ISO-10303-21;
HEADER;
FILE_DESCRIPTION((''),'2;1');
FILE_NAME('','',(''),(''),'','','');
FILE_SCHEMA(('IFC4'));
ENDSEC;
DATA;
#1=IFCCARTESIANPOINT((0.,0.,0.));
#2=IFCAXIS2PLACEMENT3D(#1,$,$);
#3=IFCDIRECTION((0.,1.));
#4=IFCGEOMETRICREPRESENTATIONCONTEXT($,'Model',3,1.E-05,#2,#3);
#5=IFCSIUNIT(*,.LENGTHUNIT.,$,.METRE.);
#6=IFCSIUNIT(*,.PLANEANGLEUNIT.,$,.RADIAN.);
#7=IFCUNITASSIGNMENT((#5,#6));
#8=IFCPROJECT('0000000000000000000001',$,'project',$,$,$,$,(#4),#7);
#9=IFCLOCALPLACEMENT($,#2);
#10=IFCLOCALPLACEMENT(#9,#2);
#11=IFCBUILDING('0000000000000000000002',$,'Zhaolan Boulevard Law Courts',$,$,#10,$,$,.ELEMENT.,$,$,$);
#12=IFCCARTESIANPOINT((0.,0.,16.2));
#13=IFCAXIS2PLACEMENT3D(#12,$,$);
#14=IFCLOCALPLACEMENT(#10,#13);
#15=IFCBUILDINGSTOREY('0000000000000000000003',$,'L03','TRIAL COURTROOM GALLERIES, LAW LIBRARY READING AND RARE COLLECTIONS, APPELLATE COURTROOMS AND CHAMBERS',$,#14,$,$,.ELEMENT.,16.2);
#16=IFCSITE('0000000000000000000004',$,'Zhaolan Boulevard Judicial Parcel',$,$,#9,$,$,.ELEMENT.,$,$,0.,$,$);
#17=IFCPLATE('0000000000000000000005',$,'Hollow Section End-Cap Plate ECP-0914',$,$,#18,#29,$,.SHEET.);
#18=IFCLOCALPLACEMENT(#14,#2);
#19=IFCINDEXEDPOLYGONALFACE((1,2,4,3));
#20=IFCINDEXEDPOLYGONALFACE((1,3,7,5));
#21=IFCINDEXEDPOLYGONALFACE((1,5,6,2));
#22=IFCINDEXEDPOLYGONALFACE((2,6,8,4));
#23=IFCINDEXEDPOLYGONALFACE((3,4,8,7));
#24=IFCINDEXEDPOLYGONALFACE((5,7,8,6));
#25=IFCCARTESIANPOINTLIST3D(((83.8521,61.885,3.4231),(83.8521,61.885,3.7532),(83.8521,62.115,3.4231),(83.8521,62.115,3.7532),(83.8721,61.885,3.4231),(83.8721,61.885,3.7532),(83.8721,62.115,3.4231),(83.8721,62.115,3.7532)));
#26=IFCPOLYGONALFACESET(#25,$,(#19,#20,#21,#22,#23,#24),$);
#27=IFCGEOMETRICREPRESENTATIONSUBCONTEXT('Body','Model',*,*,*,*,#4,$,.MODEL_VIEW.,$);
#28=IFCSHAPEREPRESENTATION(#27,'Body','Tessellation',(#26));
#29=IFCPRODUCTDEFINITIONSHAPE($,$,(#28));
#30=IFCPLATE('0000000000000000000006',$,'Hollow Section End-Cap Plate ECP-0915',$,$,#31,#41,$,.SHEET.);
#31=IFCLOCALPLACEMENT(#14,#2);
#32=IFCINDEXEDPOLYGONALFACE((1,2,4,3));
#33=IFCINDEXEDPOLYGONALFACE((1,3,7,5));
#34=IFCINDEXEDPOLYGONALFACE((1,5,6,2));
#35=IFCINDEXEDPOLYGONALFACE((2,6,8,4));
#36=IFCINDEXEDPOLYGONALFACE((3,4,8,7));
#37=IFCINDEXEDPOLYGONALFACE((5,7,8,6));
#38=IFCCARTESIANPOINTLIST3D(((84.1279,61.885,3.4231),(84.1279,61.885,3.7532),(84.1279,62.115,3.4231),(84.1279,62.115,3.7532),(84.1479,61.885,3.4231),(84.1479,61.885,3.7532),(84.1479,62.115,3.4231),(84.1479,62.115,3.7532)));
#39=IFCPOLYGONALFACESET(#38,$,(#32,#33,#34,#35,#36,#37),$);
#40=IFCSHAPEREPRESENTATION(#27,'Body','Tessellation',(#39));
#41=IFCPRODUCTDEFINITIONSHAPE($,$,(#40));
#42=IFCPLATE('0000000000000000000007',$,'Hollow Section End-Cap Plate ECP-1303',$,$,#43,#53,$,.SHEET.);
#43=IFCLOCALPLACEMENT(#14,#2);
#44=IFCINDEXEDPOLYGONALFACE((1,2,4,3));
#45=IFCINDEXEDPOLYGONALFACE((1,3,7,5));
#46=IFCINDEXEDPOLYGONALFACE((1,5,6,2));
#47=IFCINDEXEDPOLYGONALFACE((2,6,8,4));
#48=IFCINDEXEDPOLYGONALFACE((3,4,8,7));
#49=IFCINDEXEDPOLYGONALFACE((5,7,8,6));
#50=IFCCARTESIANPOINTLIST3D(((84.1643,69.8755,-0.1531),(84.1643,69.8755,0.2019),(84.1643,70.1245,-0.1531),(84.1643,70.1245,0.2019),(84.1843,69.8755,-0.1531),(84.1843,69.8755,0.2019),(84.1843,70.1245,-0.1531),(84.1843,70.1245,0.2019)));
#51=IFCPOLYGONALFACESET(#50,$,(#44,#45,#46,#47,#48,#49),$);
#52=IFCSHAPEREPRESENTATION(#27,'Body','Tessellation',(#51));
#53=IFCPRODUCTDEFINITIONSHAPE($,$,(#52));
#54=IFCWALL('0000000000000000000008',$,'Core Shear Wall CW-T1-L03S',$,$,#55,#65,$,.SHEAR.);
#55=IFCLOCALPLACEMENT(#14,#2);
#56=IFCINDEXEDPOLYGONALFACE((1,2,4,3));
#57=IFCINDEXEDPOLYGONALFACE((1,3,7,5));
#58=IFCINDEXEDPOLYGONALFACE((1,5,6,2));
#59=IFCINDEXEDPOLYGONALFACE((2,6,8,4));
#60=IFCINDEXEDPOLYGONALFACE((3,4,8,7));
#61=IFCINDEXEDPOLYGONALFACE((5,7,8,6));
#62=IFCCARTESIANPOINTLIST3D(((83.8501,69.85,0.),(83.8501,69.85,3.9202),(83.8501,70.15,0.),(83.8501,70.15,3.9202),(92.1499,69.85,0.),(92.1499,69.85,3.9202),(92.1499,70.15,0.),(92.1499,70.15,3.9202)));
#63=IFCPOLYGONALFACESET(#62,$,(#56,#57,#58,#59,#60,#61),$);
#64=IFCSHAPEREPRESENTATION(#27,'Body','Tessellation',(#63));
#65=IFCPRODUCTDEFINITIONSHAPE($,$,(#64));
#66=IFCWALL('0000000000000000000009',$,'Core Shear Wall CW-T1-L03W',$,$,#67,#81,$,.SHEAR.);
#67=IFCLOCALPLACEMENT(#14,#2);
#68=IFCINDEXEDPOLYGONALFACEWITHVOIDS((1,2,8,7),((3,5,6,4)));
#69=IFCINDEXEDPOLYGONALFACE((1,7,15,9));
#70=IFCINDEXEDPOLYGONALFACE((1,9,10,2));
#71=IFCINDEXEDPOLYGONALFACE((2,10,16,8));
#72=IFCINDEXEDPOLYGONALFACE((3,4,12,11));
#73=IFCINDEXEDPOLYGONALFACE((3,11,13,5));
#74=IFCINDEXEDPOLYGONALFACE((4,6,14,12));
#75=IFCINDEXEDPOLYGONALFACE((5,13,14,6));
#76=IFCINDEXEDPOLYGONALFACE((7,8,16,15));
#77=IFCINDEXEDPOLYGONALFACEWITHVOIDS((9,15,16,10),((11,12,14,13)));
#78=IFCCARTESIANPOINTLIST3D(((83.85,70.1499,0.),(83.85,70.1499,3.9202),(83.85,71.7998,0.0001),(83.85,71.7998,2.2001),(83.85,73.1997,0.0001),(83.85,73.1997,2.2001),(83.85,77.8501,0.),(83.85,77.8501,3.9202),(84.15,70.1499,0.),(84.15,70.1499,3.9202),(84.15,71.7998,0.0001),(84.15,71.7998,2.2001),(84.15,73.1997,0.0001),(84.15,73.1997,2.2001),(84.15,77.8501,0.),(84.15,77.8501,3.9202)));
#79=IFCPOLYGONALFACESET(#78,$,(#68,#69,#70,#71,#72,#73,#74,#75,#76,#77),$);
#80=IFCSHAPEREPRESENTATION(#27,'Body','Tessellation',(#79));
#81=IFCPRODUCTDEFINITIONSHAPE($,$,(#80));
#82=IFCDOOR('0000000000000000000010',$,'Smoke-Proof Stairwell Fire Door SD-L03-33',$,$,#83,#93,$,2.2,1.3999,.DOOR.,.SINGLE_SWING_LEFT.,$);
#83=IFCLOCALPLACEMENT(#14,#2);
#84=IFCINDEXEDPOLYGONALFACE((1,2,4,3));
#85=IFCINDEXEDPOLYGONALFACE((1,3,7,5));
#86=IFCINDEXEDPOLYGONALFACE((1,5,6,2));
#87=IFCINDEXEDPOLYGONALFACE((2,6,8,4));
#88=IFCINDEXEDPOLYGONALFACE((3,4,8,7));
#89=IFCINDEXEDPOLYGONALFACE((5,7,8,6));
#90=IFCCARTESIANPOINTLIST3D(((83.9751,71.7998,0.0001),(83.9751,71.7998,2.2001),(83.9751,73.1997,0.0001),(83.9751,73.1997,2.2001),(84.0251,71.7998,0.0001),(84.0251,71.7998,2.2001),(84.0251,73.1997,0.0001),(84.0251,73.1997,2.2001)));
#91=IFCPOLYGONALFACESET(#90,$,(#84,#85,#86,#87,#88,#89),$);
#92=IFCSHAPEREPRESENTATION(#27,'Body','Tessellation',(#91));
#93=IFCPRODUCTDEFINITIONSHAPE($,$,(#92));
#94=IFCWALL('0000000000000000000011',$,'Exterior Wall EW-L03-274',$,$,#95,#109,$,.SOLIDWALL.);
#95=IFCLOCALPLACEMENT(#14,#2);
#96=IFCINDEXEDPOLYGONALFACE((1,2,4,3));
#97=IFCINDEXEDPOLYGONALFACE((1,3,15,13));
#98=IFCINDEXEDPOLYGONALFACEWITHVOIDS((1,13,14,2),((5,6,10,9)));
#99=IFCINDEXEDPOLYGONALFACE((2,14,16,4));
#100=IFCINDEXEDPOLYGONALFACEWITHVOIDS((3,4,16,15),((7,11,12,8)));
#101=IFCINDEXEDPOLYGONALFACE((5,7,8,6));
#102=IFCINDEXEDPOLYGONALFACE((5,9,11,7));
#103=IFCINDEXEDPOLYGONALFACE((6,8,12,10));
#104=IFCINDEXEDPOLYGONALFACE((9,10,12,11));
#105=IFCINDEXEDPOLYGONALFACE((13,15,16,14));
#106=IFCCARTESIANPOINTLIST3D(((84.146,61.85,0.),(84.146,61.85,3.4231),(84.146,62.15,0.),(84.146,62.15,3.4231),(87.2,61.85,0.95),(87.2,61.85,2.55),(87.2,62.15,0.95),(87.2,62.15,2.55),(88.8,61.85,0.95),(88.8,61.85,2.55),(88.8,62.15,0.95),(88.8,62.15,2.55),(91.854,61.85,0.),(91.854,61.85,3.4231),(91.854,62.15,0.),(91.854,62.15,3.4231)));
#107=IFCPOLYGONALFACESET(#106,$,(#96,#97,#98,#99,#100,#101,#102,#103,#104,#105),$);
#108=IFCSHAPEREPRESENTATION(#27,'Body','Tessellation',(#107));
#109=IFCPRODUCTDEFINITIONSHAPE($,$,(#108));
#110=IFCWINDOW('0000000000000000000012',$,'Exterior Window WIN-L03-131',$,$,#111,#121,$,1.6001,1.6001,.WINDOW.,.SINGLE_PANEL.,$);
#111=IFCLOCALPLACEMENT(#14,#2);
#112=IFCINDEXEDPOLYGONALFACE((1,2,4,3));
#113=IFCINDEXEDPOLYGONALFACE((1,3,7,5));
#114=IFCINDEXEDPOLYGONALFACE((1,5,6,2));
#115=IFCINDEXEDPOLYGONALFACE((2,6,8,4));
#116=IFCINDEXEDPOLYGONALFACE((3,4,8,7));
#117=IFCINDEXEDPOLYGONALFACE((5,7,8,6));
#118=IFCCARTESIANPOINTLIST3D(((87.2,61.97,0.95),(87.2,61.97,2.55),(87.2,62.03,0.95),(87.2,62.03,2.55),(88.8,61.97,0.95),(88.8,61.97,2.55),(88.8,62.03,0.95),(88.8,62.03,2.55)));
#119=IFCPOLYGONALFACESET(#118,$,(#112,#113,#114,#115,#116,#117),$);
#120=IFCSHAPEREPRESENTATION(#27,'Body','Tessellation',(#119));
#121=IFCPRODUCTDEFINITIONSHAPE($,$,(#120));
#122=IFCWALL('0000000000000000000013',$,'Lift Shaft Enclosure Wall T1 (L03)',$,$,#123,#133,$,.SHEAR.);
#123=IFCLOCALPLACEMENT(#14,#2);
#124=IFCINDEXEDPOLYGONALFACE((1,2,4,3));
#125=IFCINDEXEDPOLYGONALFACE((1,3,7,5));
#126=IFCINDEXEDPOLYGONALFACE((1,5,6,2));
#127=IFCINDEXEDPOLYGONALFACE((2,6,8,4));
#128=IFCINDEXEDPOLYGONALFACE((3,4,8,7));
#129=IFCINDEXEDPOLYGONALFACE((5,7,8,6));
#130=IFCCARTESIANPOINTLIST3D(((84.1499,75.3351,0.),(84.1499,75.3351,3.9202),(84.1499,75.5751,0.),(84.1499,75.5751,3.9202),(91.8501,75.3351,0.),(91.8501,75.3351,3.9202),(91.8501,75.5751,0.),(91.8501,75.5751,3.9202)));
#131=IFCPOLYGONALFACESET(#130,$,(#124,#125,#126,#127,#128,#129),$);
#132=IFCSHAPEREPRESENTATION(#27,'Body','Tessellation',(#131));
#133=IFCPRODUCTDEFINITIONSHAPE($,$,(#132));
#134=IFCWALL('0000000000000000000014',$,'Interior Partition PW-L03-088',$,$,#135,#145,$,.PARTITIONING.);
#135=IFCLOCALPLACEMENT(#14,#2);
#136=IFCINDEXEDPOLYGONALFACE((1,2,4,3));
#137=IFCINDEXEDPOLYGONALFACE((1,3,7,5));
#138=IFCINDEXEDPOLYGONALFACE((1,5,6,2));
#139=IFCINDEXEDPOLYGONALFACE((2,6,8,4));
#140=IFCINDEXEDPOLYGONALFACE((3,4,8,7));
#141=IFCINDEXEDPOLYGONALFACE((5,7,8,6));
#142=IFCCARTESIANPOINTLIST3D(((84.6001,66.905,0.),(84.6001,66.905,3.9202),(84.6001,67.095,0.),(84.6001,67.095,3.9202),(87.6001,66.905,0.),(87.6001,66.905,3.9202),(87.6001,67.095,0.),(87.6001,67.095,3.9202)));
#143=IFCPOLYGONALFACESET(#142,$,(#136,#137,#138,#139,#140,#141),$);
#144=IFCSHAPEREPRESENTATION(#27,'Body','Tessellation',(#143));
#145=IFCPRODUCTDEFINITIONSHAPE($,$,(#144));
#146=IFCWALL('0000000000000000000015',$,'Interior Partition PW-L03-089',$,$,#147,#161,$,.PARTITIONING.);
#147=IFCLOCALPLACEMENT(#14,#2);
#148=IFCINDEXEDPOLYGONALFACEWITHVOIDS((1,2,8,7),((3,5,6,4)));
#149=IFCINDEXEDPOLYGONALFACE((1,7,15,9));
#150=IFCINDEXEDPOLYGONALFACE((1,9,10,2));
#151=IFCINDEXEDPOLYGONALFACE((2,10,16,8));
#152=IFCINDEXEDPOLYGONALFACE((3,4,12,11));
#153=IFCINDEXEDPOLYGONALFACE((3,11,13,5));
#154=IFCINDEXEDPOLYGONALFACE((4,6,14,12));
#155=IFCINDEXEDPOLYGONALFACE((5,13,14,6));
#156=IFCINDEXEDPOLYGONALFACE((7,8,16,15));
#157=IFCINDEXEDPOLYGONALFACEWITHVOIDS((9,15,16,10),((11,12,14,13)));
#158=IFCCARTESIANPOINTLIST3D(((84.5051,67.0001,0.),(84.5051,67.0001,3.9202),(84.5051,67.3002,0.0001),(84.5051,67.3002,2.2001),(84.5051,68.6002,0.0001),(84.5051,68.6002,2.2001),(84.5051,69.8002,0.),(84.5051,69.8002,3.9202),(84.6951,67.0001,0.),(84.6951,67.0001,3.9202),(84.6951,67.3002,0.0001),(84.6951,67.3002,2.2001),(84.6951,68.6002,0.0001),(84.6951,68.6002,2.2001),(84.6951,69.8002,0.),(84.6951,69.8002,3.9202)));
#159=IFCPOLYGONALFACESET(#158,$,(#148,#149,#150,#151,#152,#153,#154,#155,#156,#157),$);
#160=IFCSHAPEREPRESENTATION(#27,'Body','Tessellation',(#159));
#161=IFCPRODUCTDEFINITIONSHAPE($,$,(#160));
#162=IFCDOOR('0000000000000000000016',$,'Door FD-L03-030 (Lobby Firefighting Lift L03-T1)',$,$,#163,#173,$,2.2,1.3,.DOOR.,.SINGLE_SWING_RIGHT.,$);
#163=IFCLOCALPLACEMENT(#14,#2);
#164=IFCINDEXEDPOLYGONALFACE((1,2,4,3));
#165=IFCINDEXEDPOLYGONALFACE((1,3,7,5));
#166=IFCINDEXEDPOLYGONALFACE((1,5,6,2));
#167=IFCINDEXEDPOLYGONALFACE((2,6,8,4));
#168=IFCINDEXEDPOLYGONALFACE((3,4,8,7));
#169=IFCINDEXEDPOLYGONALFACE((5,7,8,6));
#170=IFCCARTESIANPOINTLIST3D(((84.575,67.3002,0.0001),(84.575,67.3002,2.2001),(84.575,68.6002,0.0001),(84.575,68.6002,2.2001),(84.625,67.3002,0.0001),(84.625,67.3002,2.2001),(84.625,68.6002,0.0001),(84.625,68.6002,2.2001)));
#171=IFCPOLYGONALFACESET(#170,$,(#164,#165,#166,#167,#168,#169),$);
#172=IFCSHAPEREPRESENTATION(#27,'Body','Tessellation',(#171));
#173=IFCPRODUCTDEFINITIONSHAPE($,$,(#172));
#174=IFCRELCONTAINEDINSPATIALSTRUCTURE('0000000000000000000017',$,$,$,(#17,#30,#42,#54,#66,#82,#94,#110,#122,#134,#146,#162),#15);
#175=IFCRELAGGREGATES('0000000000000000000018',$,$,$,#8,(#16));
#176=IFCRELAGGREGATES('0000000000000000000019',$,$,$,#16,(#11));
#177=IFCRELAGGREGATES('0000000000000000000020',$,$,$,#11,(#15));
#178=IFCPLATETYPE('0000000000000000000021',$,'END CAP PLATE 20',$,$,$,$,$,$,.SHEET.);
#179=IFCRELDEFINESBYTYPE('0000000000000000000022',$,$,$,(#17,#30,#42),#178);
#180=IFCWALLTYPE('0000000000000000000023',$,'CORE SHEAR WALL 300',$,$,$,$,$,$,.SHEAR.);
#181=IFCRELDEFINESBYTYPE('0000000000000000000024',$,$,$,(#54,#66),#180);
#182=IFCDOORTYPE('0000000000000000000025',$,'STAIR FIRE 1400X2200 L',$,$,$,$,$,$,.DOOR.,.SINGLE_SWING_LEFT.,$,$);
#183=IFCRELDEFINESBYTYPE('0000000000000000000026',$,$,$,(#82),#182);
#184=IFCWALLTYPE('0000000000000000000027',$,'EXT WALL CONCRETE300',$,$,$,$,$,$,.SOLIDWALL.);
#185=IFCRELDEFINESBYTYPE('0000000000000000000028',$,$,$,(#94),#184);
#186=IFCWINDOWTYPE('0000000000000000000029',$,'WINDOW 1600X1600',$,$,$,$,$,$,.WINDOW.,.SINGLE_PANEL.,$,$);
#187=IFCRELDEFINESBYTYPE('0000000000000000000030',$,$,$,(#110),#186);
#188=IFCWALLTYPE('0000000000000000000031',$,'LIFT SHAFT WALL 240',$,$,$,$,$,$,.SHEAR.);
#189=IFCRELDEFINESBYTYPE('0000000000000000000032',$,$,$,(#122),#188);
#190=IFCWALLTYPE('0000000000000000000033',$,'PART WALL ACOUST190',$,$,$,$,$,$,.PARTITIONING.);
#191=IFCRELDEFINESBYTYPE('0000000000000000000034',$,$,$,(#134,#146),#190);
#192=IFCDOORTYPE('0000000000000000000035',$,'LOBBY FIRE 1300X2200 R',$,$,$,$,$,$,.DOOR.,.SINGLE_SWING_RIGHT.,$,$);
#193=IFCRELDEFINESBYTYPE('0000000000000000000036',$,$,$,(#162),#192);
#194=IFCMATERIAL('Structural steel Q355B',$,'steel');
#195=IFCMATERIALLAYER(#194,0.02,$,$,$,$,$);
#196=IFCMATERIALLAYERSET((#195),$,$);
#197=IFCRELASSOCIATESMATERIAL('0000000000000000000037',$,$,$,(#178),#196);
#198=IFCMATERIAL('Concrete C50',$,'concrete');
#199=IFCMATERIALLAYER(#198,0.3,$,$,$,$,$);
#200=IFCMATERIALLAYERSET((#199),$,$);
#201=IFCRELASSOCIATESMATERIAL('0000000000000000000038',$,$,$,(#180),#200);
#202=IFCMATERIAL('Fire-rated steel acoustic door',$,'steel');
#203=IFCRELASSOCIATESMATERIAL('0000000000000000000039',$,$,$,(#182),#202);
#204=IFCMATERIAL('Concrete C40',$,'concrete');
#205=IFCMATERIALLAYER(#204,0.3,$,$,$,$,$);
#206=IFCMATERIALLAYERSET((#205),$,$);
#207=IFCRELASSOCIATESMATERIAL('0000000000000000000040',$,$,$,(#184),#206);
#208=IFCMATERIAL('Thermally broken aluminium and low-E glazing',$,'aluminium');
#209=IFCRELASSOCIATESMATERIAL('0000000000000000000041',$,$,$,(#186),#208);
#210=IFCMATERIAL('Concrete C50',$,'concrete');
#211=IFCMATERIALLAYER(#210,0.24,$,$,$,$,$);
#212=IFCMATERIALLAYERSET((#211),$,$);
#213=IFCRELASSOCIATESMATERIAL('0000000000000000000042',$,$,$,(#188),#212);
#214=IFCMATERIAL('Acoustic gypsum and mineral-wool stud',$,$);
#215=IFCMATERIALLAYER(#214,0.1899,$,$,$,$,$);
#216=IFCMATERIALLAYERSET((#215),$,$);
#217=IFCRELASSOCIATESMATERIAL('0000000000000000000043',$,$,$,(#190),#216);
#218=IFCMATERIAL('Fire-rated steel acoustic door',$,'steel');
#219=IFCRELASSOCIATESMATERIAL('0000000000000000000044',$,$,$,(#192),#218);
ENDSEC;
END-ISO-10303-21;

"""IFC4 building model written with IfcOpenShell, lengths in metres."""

from ifc_helpers import new_model, si_unit, direction, frame, frame_2d, origin, origin_2d, place, context, subcontext, project, spatial, rectangle, extrude, material, layer, layer_set, type_object, element, fill, save


model = new_model("IFC4")

# Units and contexts
model_context = context("Model", 3, precision=1e-05, world=origin(), true_north=direction((0.0, 1.0)))
body_context = subcontext(model_context, "Body", "Model", "MODEL_VIEW")
ifc_project = project(units=[si_unit("LENGTHUNIT", "METRE"), si_unit("PLANEANGLEUNIT", "RADIAN")], contexts=[model_context])

# Site, building, storey
site_placement = place(None, origin())
site = spatial("IfcSite", under=ifc_project, at=site_placement, Name="Zhaolan Boulevard Judicial Parcel", CompositionType="ELEMENT", RefElevation=0.0)
building_placement = place(site_placement, origin())
building = spatial("IfcBuilding", under=site, at=building_placement, Name="Zhaolan Boulevard Law Courts", CompositionType="ELEMENT")
storey_placement = place(building_placement, frame((0.0, 0.0, 16.2)))
storey = spatial("IfcBuildingStorey", under=building, at=storey_placement, Name="L03", Description="TRIAL COURTROOM GALLERIES, LAW LIBRARY READING AND RARE COLLECTIONS, APPELLATE COURTROOMS AND CHAMBERS", CompositionType="ELEMENT", Elevation=16.2)

# Plates
ifc_material_1 = material(Name="Structural steel Q355B", Category="steel")
ifc_layer_1 = layer(ifc_material_1, 0.02)
ifc_layer_set_1 = layer_set([ifc_layer_1])
plate_type_1 = type_object("IfcPlateType", Name="END CAP PLATE 20", PredefinedType="SHEET", material=ifc_layer_set_1)
for number, where, z_axis, x_axis, name in (
    (1, (83.8621, 62.0, 3.4231), (0.0, 0.0, 1.0), (1.0, 0.0, 0.0), "Hollow Section End-Cap Plate ECP-0914"),
    (2, (84.1379, 62.0, 3.4231), (0.0, 0.0, 1.0), (1.0, 0.0, 0.0), "Hollow Section End-Cap Plate ECP-0915"),
):
    element("IfcPlate", number, at=place(storey_placement, frame(where, z_axis=z_axis, x_axis=x_axis)), inside=storey, type_object=plate_type_1, Name=name, PredefinedType="SHEET", context=body_context, shape_type="SweptSolid", body=[
        extrude(rectangle(XDim=0.02, YDim=0.23, at=origin_2d()), origin(), (0.0, 0.0, 1.0), 0.3301),
    ])
plate_1_placement = place(storey_placement, frame((84.1743, 70.0, -0.1531), z_axis=(0.0, 0.0, 1.0), x_axis=(1.0, 0.0, 0.0)))
element("IfcPlate", 3, at=plate_1_placement, inside=storey, type_object=plate_type_1, Name="Hollow Section End-Cap Plate ECP-1303", PredefinedType="SHEET", context=body_context, shape_type="SweptSolid", body=[
    extrude(rectangle(XDim=0.02, YDim=0.249, at=origin_2d()), origin(), (0.0, 0.0, 1.0), 0.355),
])

# Wall
ifc_material_2 = material(Name="Concrete C50", Category="concrete")
ifc_layer_2 = layer(ifc_material_2, 0.3)
ifc_layer_set_2 = layer_set([ifc_layer_2])
wall_type_1 = type_object("IfcWallType", Name="CORE SHEAR WALL 300", PredefinedType="SHEAR", material=ifc_layer_set_2)
wall_1_placement = place(storey_placement, frame((83.8501, 70.0, 0.0), z_axis=(0.0, 0.0, 1.0), x_axis=(1.0, 0.0, 0.0)))
element("IfcWall", 4, at=wall_1_placement, inside=storey, type_object=wall_type_1, Name="Core Shear Wall CW-T1-L03S", PredefinedType="SHEAR", context=body_context, shape_type="SweptSolid", body=[
    extrude(rectangle(XDim=8.2998, YDim=0.3, at=frame_2d((4.1499, 0.0))), origin(), (0.0, 0.0, 1.0), 3.9202),
])

# Wall, opening, door
wall_2_placement = place(storey_placement, frame((84.0, 70.1499, 0.0), z_axis=(0.0, 0.0, 1.0), x_axis=(0.0, 1.0, 0.0)))
wall_2 = element("IfcWall", 5, at=wall_2_placement, inside=storey, type_object=wall_type_1, Name="Core Shear Wall CW-T1-L03W", PredefinedType="SHEAR", context=body_context, shape_type="SweptSolid", body=[
    extrude(rectangle(XDim=7.7002, YDim=0.3, at=frame_2d((3.8501, 0.0))), origin(), (0.0, 0.0, 1.0), 3.9202),
])
opening_1_placement = place(wall_2_placement, frame((1.6499, 0.0, 0.0)))
opening_1 = element("IfcOpeningElement", 6, at=opening_1_placement, cuts=wall_2, PredefinedType="OPENING", context=body_context, shape_type="SweptSolid", body=[
    extrude(rectangle(XDim=1.3999, YDim=2.2, at=frame_2d((0.7, 1.1001))), frame((0.0, 0.1599, 0.0), z_axis=(0.0, -1.0, 0.0), x_axis=(1.0, 0.0, 0.0)), (0.0, 0.0, 1.0), 0.3201),
])
ifc_material_3 = material(Name="Fire-rated steel acoustic door", Category="steel")
door_type_1 = type_object("IfcDoorType", Name="STAIR FIRE 1400X2200 L", OperationType="SINGLE_SWING_LEFT", PredefinedType="DOOR", material=ifc_material_3)
door_1_placement = place(opening_1_placement, origin())
door_1 = element("IfcDoor", 7, at=door_1_placement, inside=storey, type_object=door_type_1, Name="Smoke-Proof Stairwell Fire Door SD-L03-33", OperationType="SINGLE_SWING_LEFT", OverallHeight=2.2, OverallWidth=1.3999, PredefinedType="DOOR", context=body_context, shape_type="SweptSolid", body=[
    extrude(rectangle(XDim=1.3999, YDim=2.2, at=frame_2d((0.7, 1.1001))), frame((0.0, 0.0249, 0.0), z_axis=(0.0, -1.0, 0.0), x_axis=(1.0, 0.0, 0.0)), (0.0, 0.0, 1.0), 0.05),
])
fill(opening_1, door_1)

# Wall, opening, window
ifc_material_4 = material(Name="Concrete C40", Category="concrete")
ifc_layer_3 = layer(ifc_material_4, 0.3)
ifc_layer_set_3 = layer_set([ifc_layer_3])
wall_type_2 = type_object("IfcWallType", Name="EXT WALL CONCRETE300", PredefinedType="SOLIDWALL", material=ifc_layer_set_3)
wall_3_placement = place(storey_placement, frame((84.146, 62.0, 0.0), z_axis=(0.0, 0.0, 1.0), x_axis=(1.0, 0.0, 0.0)))
wall_3 = element("IfcWall", 8, at=wall_3_placement, inside=storey, type_object=wall_type_2, Name="Exterior Wall EW-L03-274", PredefinedType="SOLIDWALL", context=body_context, shape_type="SweptSolid", body=[
    extrude(rectangle(XDim=7.708, YDim=0.3, at=frame_2d((3.854, 0.0))), origin(), (0.0, 0.0, 1.0), 3.4231),
])
opening_2_placement = place(wall_3_placement, frame((3.054, 0.0, 0.95)))
opening_2 = element("IfcOpeningElement", 9, at=opening_2_placement, cuts=wall_3, PredefinedType="OPENING", context=body_context, shape_type="SweptSolid", body=[
    extrude(rectangle(XDim=1.6001, YDim=1.6001, at=frame_2d((0.8, 0.8))), frame((0.0, 0.1599, 0.0), z_axis=(0.0, -1.0, 0.0), x_axis=(1.0, 0.0, 0.0)), (0.0, 0.0, 1.0), 0.3201),
])
ifc_material_5 = material(Name="Thermally broken aluminium and low-E glazing", Category="aluminium")
window_type = type_object("IfcWindowType", Name="WINDOW 1600X1600", PartitioningType="SINGLE_PANEL", PredefinedType="WINDOW", material=ifc_material_5)
window_placement = place(opening_2_placement, origin())
window = element("IfcWindow", 10, at=window_placement, inside=storey, type_object=window_type, Name="Exterior Window WIN-L03-131", OverallHeight=1.6001, OverallWidth=1.6001, PartitioningType="SINGLE_PANEL", PredefinedType="WINDOW", context=body_context, shape_type="SweptSolid", body=[
    extrude(rectangle(XDim=1.6001, YDim=1.6001, at=frame_2d((0.8, 0.8))), frame((0.0, 0.03, 0.0), z_axis=(0.0, -1.0, 0.0), x_axis=(1.0, 0.0, 0.0)), (0.0, 0.0, 1.0), 0.0601),
])
fill(opening_2, window)

# Walls
ifc_material_6 = material(Name="Concrete C50", Category="concrete")
ifc_layer_4 = layer(ifc_material_6, 0.24)
ifc_layer_set_4 = layer_set([ifc_layer_4])
wall_type_3 = type_object("IfcWallType", Name="LIFT SHAFT WALL 240", PredefinedType="SHEAR", material=ifc_layer_set_4)
wall_4_placement = place(storey_placement, frame((84.1499, 75.4551, 0.0), z_axis=(0.0, 0.0, 1.0), x_axis=(1.0, 0.0, 0.0)))
element("IfcWall", 11, at=wall_4_placement, inside=storey, type_object=wall_type_3, Name="Lift Shaft Enclosure Wall T1 (L03)", PredefinedType="SHEAR", context=body_context, shape_type="SweptSolid", body=[
    extrude(rectangle(XDim=7.7002, YDim=0.24, at=frame_2d((3.8501, 0.0))), origin(), (0.0, 0.0, 1.0), 3.9202),
])
ifc_material_7 = material(Name="Acoustic gypsum and mineral-wool stud")
ifc_layer_5 = layer(ifc_material_7, 0.1899)
ifc_layer_set_5 = layer_set([ifc_layer_5])
wall_type_4 = type_object("IfcWallType", Name="PART WALL ACOUST190", PredefinedType="PARTITIONING", material=ifc_layer_set_5)
wall_5_placement = place(storey_placement, frame((84.6001, 67.0, 0.0), z_axis=(0.0, 0.0, 1.0), x_axis=(1.0, 0.0, 0.0)))
element("IfcWall", 12, at=wall_5_placement, inside=storey, type_object=wall_type_4, Name="Interior Partition PW-L03-088", PredefinedType="PARTITIONING", context=body_context, shape_type="SweptSolid", body=[
    extrude(rectangle(XDim=3.0, YDim=0.1899, at=frame_2d((1.5, 0.0))), origin(), (0.0, 0.0, 1.0), 3.9202),
])

# Wall, opening, door
wall_6_placement = place(storey_placement, frame((84.6001, 69.8, 0.0), z_axis=(0.0, 0.0, 1.0), x_axis=(0.0, -1.0, 0.0)))
wall_6 = element("IfcWall", 13, at=wall_6_placement, inside=storey, type_object=wall_type_4, Name="Interior Partition PW-L03-089", PredefinedType="PARTITIONING", context=body_context, shape_type="SweptSolid", body=[
    extrude(rectangle(XDim=2.8, YDim=0.1899, at=frame_2d((1.3999, 0.0))), origin(), (0.0, 0.0, 1.0), 3.9202),
])
opening_3_placement = place(wall_6_placement, frame((1.2, 0.0, 0.0)))
opening_3 = element("IfcOpeningElement", 14, at=opening_3_placement, cuts=wall_6, PredefinedType="OPENING", context=body_context, shape_type="SweptSolid", body=[
    extrude(rectangle(XDim=1.3, YDim=2.2, at=frame_2d((0.6499, 1.1001))), frame((0.0, 0.105, 0.0), z_axis=(0.0, -1.0, 0.0), x_axis=(1.0, 0.0, 0.0)), (0.0, 0.0, 1.0), 0.21),
])
ifc_material_8 = material(Name="Fire-rated steel acoustic door", Category="steel")
door_type_2 = type_object("IfcDoorType", Name="LOBBY FIRE 1300X2200 R", OperationType="SINGLE_SWING_RIGHT", PredefinedType="DOOR", material=ifc_material_8)
door_2_placement = place(opening_3_placement, origin())
door_2 = element("IfcDoor", 15, at=door_2_placement, inside=storey, type_object=door_type_2, Name="Door FD-L03-030 (Lobby Firefighting Lift L03-T1)", OperationType="SINGLE_SWING_RIGHT", OverallHeight=2.2, OverallWidth=1.3, PredefinedType="DOOR", context=body_context, shape_type="SweptSolid", body=[
    extrude(rectangle(XDim=1.3, YDim=2.2, at=frame_2d((0.6499, 1.1001))), frame((0.0, 0.0249, 0.0), z_axis=(0.0, -1.0, 0.0), x_axis=(1.0, 0.0, 0.0)), (0.0, 0.0, 1.0), 0.05),
])
fill(opening_3, door_2)

save(model, "model.ifc")
